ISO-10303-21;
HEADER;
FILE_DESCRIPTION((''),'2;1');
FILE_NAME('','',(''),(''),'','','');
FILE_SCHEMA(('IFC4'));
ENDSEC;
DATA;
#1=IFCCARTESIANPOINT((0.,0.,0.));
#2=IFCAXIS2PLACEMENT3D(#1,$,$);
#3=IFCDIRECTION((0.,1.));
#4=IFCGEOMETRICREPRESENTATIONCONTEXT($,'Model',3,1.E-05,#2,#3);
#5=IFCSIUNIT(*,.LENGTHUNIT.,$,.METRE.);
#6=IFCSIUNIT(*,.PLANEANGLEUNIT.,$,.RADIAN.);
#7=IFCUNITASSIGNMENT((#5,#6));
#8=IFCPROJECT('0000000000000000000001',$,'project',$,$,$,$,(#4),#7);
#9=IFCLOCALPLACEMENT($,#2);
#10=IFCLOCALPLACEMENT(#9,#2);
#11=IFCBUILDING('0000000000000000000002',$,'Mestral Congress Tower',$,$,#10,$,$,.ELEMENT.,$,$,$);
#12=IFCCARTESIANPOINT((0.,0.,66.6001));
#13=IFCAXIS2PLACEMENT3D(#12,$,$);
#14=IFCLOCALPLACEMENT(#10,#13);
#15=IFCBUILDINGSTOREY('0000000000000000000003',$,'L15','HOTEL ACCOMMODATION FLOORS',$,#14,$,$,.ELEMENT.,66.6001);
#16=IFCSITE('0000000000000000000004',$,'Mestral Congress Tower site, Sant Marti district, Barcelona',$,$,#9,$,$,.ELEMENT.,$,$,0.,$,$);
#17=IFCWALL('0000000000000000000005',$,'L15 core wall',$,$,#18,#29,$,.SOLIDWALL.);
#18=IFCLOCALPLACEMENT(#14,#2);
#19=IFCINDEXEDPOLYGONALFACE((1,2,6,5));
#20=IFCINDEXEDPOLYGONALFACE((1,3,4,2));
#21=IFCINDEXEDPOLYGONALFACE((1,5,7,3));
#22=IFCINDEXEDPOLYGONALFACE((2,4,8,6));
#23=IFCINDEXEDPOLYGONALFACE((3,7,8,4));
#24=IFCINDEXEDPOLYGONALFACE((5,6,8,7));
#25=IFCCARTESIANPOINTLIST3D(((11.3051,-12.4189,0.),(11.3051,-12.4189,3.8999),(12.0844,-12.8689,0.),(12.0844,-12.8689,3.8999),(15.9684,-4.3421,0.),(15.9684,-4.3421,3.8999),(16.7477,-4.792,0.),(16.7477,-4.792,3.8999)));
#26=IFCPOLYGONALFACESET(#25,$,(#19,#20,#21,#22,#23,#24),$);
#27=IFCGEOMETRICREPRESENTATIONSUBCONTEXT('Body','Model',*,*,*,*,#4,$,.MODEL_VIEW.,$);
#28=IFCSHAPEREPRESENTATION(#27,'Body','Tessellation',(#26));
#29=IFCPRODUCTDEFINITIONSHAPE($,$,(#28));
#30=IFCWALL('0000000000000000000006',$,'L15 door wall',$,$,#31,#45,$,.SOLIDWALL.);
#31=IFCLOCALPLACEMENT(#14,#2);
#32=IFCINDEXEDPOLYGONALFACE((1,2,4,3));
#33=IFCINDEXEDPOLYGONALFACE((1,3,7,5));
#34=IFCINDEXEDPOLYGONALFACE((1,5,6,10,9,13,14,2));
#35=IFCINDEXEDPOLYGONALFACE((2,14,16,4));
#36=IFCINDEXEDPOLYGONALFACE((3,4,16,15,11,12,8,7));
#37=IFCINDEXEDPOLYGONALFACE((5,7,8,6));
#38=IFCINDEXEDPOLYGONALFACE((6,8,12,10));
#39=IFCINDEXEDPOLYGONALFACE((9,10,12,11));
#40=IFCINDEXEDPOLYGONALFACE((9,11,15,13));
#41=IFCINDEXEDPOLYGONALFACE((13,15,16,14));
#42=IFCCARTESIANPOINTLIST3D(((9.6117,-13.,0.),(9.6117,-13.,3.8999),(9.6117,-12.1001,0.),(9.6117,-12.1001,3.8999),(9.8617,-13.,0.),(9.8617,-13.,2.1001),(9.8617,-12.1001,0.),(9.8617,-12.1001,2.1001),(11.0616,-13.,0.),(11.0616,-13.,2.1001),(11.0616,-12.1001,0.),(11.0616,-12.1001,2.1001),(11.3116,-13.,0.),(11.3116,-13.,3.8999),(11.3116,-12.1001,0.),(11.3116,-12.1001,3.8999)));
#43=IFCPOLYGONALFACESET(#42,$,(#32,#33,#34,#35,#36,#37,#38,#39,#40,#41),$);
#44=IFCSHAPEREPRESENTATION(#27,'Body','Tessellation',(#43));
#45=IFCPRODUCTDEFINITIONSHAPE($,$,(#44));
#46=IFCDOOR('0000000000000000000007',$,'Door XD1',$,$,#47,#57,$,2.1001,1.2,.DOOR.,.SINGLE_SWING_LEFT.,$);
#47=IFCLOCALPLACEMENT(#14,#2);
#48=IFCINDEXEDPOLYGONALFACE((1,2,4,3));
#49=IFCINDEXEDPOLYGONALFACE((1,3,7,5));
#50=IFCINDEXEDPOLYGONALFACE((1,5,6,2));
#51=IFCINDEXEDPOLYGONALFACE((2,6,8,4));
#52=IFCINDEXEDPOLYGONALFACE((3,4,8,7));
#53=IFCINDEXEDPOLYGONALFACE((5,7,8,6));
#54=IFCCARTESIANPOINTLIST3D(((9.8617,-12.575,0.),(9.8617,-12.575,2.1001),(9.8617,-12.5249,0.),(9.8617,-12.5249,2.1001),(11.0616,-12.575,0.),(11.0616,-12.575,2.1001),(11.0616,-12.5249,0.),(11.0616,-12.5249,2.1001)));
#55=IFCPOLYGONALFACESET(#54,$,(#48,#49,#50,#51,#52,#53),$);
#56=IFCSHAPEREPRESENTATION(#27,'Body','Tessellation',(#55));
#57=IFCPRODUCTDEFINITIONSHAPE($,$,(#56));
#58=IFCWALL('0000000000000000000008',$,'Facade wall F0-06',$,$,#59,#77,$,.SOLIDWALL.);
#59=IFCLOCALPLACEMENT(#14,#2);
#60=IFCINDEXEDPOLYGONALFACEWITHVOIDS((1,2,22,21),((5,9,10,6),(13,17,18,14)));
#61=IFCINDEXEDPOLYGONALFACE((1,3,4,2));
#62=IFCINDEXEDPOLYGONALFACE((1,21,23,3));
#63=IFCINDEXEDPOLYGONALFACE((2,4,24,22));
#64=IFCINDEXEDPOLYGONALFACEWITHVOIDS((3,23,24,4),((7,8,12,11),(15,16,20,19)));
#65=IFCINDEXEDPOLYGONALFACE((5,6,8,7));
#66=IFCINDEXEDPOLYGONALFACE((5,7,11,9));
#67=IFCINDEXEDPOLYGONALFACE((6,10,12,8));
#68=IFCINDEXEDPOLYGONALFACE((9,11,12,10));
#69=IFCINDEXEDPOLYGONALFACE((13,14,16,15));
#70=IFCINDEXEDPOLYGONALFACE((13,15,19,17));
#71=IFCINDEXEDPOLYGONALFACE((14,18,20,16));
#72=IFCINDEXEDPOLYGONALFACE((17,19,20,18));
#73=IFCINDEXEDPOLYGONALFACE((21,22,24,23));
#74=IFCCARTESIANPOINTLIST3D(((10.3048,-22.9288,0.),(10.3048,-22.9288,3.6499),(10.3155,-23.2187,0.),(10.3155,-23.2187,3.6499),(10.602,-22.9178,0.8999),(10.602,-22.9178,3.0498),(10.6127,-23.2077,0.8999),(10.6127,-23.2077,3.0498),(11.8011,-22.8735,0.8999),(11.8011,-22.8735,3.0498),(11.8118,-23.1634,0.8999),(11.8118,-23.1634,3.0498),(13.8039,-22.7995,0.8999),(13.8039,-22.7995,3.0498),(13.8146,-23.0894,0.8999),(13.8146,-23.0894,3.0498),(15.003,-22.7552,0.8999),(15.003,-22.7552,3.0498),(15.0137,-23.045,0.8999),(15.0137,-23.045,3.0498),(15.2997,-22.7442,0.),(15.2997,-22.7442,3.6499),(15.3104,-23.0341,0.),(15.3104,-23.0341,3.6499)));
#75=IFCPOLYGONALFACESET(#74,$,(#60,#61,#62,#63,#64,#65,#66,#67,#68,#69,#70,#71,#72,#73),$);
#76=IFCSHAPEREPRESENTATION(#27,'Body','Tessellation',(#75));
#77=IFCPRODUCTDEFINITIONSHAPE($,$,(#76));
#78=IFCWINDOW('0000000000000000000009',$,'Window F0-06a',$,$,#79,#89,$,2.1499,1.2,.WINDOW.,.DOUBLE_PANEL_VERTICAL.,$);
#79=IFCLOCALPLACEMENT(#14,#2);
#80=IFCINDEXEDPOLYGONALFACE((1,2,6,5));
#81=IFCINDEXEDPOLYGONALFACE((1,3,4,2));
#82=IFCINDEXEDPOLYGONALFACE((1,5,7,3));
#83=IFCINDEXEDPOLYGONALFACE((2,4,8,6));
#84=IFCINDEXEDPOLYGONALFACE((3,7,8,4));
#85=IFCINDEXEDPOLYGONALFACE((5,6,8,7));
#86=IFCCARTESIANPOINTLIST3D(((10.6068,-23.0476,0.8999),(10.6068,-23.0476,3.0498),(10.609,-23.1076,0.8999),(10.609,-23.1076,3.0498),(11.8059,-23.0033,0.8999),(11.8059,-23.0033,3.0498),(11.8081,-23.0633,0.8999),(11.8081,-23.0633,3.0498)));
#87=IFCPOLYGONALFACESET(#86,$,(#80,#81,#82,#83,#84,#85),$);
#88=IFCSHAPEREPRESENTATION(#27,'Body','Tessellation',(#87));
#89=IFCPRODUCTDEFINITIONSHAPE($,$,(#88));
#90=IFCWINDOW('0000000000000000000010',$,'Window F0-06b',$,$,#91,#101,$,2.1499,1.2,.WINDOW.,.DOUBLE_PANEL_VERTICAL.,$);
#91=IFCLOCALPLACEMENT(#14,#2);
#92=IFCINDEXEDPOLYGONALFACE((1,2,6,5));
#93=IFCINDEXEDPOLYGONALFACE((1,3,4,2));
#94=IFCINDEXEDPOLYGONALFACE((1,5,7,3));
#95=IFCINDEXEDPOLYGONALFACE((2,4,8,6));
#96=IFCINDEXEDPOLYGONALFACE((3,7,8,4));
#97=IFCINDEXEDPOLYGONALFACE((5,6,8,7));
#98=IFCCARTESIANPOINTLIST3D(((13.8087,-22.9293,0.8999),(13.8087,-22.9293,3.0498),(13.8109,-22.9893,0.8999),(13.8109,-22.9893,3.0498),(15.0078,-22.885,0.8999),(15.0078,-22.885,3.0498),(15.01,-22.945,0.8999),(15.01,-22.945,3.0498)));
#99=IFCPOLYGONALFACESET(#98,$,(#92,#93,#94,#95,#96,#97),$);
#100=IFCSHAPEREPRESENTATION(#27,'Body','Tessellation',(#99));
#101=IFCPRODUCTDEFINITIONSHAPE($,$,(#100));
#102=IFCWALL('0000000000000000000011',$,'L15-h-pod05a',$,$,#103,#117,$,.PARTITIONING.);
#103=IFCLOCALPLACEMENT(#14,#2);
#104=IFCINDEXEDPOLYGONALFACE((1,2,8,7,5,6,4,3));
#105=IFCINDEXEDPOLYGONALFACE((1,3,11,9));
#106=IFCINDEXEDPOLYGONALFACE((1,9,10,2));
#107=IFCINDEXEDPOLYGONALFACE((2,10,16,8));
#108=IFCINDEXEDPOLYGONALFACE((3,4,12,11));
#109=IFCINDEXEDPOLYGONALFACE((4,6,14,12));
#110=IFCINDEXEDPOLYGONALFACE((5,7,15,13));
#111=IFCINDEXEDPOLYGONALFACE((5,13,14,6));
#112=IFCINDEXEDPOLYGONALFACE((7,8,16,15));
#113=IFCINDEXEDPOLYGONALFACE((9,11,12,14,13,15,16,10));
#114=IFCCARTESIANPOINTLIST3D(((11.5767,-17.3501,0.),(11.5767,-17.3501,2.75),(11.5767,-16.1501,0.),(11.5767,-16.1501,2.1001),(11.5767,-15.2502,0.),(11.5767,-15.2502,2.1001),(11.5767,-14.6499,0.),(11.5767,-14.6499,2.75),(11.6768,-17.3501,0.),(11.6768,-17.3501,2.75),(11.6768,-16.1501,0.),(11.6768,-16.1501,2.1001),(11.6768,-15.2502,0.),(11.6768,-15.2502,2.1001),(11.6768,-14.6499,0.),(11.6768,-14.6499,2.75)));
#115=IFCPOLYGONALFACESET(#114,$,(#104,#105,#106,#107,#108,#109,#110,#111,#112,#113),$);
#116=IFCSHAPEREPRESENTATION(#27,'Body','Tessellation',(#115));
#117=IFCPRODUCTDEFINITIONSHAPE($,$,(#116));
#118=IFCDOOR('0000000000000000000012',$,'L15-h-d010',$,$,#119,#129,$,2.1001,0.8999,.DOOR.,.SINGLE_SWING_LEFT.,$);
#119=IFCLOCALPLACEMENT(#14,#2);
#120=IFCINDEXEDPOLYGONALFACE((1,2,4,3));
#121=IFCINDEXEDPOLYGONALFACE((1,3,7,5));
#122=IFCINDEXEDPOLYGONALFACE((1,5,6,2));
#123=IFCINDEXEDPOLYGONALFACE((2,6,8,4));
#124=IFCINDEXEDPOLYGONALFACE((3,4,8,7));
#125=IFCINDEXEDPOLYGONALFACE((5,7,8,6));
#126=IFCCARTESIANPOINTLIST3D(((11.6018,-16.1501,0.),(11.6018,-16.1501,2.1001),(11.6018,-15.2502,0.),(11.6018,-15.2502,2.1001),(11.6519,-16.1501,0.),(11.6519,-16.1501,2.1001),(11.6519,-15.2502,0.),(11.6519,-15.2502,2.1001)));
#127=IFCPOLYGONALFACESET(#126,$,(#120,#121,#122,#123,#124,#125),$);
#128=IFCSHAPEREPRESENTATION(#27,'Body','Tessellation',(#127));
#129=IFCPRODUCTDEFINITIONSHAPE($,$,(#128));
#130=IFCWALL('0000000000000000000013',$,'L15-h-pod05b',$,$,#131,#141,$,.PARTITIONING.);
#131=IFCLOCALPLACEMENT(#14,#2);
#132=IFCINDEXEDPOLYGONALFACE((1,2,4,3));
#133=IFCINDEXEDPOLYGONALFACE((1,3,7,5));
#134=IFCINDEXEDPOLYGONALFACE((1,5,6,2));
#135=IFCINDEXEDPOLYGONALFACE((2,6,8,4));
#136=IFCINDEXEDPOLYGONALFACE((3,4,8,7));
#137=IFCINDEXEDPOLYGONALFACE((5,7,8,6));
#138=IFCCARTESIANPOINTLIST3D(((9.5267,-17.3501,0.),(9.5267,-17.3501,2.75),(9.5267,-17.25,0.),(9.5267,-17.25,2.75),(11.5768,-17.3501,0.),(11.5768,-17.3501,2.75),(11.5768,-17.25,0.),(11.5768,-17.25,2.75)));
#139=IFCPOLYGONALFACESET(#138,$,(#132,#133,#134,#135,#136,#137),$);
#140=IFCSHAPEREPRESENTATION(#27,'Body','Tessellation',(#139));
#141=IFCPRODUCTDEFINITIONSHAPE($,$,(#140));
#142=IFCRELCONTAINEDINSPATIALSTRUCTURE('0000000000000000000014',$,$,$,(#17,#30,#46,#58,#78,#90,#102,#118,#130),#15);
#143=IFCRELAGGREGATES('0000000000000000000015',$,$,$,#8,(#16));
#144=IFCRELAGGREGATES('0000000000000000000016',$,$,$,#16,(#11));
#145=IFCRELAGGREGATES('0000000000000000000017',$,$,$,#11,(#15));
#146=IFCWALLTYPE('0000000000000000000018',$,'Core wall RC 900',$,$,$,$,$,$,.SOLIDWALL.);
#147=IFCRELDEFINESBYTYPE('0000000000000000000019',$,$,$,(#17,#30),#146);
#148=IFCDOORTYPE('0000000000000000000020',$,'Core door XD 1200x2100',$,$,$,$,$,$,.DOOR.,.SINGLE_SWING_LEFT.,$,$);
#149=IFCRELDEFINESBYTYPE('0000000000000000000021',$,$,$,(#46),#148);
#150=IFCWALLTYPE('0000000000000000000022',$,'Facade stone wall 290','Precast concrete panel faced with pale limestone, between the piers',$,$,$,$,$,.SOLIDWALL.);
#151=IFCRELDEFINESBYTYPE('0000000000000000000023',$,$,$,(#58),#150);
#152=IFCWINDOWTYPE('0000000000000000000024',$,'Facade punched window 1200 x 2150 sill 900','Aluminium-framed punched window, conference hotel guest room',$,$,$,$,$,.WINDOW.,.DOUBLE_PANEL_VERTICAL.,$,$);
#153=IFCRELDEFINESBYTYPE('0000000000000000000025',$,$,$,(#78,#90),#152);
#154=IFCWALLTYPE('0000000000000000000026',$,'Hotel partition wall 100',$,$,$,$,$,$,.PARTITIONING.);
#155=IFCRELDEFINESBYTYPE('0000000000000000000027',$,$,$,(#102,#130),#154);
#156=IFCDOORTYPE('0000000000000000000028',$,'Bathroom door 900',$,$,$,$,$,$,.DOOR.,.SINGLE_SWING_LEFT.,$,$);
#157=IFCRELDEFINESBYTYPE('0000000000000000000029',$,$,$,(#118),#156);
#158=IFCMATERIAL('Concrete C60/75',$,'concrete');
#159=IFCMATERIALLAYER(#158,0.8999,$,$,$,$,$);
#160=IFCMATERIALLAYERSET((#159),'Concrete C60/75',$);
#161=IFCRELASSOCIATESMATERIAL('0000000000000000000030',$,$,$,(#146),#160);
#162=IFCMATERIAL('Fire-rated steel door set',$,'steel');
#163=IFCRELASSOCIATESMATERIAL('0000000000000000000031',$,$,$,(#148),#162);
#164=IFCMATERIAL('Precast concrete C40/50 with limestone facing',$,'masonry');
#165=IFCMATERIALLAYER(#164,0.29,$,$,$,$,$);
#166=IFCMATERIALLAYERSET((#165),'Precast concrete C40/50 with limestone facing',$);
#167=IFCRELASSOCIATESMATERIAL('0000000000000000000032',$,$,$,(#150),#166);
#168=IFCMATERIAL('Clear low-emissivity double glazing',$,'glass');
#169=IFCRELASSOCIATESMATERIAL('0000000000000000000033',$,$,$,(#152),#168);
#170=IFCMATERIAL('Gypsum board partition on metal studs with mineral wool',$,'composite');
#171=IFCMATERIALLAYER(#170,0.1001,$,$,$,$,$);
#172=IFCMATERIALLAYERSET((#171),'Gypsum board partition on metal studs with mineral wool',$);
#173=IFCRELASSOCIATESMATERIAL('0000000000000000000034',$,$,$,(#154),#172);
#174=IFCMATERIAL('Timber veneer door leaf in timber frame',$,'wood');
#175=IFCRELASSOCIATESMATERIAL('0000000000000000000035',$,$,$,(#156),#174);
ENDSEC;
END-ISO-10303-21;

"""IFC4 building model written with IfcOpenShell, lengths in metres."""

from ifc_helpers import new_model, si_unit, direction, frame, frame_2d, origin, place, context, subcontext, project, spatial, rectangle, extrude, material, layer, layer_set, type_object, element, fill, save


model = new_model("IFC4")

# Units and contexts
model_context = context("Model", 3, precision=1e-05, world=origin(), true_north=direction((0.0, 1.0)))
body_context = subcontext(model_context, "Body", "Model", "MODEL_VIEW")
ifc_project = project(units=[si_unit("LENGTHUNIT", "METRE"), si_unit("PLANEANGLEUNIT", "RADIAN")], contexts=[model_context])

# Site, building, storey
site_placement = place(None, origin())
site = spatial("IfcSite", under=ifc_project, at=site_placement, Name="Mestral Congress Tower site, Sant Marti district, Barcelona", CompositionType="ELEMENT", RefElevation=0.0)
building_placement = place(site_placement, origin())
building = spatial("IfcBuilding", under=site, at=building_placement, Name="Mestral Congress Tower", CompositionType="ELEMENT")
storey_placement = place(building_placement, frame((0.0, 0.0, 66.6001)))
storey = spatial("IfcBuildingStorey", under=building, at=storey_placement, Name="L15", Description="HOTEL ACCOMMODATION FLOORS", CompositionType="ELEMENT", Elevation=66.6001)

# Wall
ifc_material_1 = material(Name="Concrete C60/75", Category="concrete")
ifc_layer_1 = layer(ifc_material_1, 0.8999)
ifc_layer_set_1 = layer_set([ifc_layer_1], Name="Concrete C60/75")
wall_type_1 = type_object("IfcWallType", Name="Core wall RC 900", PredefinedType="SOLIDWALL", material=ifc_layer_set_1)
wall_1_placement = place(storey_placement, frame((11.6948, -12.6438, 0.0), z_axis=(0.0, 0.0, 1.0), x_axis=(0.50001, 0.866019, 0.0)))
element("IfcWall", 1, at=wall_1_placement, inside=storey, type_object=wall_type_1, Name="L15 core wall", PredefinedType="SOLIDWALL", context=body_context, shape_type="SweptSolid", body=[
    extrude(rectangle(XDim=9.3264, YDim=0.8999, at=frame_2d((4.6631, 0.0))), origin(), (0.0, 0.0, 1.0), 3.8999),
])

# Wall, opening, door
wall_2_placement = place(storey_placement, frame((11.3118, -12.55, 0.0), z_axis=(0.0, 0.0, 1.0), x_axis=(-1.0, 0.0, 0.0)))
wall_2 = element("IfcWall", 2, at=wall_2_placement, inside=storey, type_object=wall_type_1, Name="L15 door wall", PredefinedType="SOLIDWALL", context=body_context, shape_type="SweptSolid", body=[
    extrude(rectangle(XDim=1.7, YDim=0.8999, at=frame_2d((0.8501, 0.0))), origin(), (0.0, 0.0, 1.0), 3.8999),
])
opening_1_placement = place(wall_2_placement, frame((0.25, 0.0, 0.0)))
opening_1 = element("IfcOpeningElement", 3, at=opening_1_placement, cuts=wall_2, PredefinedType="OPENING", context=body_context, shape_type="SweptSolid", body=[
    extrude(rectangle(XDim=1.2, YDim=2.1001, at=frame_2d((0.6001, 1.05))), frame((0.0, 0.46, 0.0), z_axis=(0.0, -1.0, 0.0), x_axis=(1.0, 0.0, 0.0)), (0.0, 0.0, 1.0), 0.9199),
])
ifc_material_2 = material(Name="Fire-rated steel door set", Category="steel")
door_type_1 = type_object("IfcDoorType", Name="Core door XD 1200x2100", OperationType="SINGLE_SWING_LEFT", PredefinedType="DOOR", material=ifc_material_2)
door_1_placement = place(opening_1_placement, origin())
door_1 = element("IfcDoor", 4, at=door_1_placement, inside=storey, type_object=door_type_1, Name="Door XD1", OperationType="SINGLE_SWING_LEFT", OverallHeight=2.1001, OverallWidth=1.2, PredefinedType="DOOR", context=body_context, shape_type="SweptSolid", body=[
    extrude(rectangle(XDim=1.2, YDim=2.1001, at=frame_2d((0.6001, 1.05))), frame((0.0, 0.0249, 0.0), z_axis=(0.0, -1.0, 0.0), x_axis=(1.0, 0.0, 0.0)), (0.0, 0.0, 1.0), 0.05),
])
fill(opening_1, door_1)

# Wall, openings, windows
ifc_material_3 = material(Name="Precast concrete C40/50 with limestone facing", Category="masonry")
ifc_layer_2 = layer(ifc_material_3, 0.29)
ifc_layer_set_2 = layer_set([ifc_layer_2], Name="Precast concrete C40/50 with limestone facing")
wall_type_2 = type_object("IfcWallType", Name="Facade stone wall 290", Description="Precast concrete panel faced with pale limestone, between the piers", PredefinedType="SOLIDWALL", material=ifc_layer_set_2)
wall_3_placement = place(storey_placement, frame((10.3103, -23.0737, 0.0), z_axis=(0.0, 0.0, 1.0), x_axis=(0.999318, 0.036927, 0.0)))
wall_3 = element("IfcWall", 5, at=wall_3_placement, inside=storey, type_object=wall_type_2, Name="Facade wall F0-06", PredefinedType="SOLIDWALL", context=body_context, shape_type="SweptSolid", body=[
    extrude(rectangle(XDim=4.9983, YDim=0.29, at=frame_2d((2.499, 0.0))), origin(), (0.0, 0.0, 1.0), 3.6499),
])
opening_2_placement = place(wall_3_placement, frame((0.2971, 0.0, 0.8999)))
opening_2 = element("IfcOpeningElement", 6, at=opening_2_placement, cuts=wall_3, PredefinedType="OPENING", context=body_context, shape_type="SweptSolid", body=[
    extrude(rectangle(XDim=1.2, YDim=2.1499, at=frame_2d((0.6001, 1.075))), frame((0.0, 0.155, 0.0), z_axis=(0.0, -1.0, 0.0), x_axis=(1.0, 0.0, 0.0)), (0.0, 0.0, 1.0), 0.3101),
])
opening_3_placement = place(wall_3_placement, frame((3.5012, 0.0, 0.8999)))
opening_3 = element("IfcOpeningElement", 7, at=opening_3_placement, cuts=wall_3, PredefinedType="OPENING", context=body_context, shape_type="SweptSolid", body=[
    extrude(rectangle(XDim=1.2, YDim=2.1499, at=frame_2d((0.6001, 1.075))), frame((0.0, 0.155, 0.0), z_axis=(0.0, -1.0, 0.0), x_axis=(1.0, 0.0, 0.0)), (0.0, 0.0, 1.0), 0.3101),
])
ifc_material_4 = material(Name="Clear low-emissivity double glazing", Category="glass")
window_type = type_object("IfcWindowType", Name="Facade punched window 1200 x 2150 sill 900", Description="Aluminium-framed punched window, conference hotel guest room", PartitioningType="DOUBLE_PANEL_VERTICAL", PredefinedType="WINDOW", material=ifc_material_4)
window_1_placement = place(opening_2_placement, origin())
window_1 = element("IfcWindow", 8, at=window_1_placement, inside=storey, type_object=window_type, Name="Window F0-06a", OverallHeight=2.1499, OverallWidth=1.2, PartitioningType="DOUBLE_PANEL_VERTICAL", PredefinedType="WINDOW", context=body_context, shape_type="SweptSolid", body=[
    extrude(rectangle(XDim=1.2, YDim=2.1499, at=frame_2d((0.6001, 1.075))), frame((0.0, 0.0151, 0.0), z_axis=(0.0, -1.0, 0.0), x_axis=(1.0, 0.0, 0.0)), (0.0, 0.0, 1.0), 0.0601),
])
fill(opening_2, window_1)
window_2_placement = place(opening_3_placement, origin())
window_2 = element("IfcWindow", 9, at=window_2_placement, inside=storey, type_object=window_type, Name="Window F0-06b", OverallHeight=2.1499, OverallWidth=1.2, PartitioningType="DOUBLE_PANEL_VERTICAL", PredefinedType="WINDOW", context=body_context, shape_type="SweptSolid", body=[
    extrude(rectangle(XDim=1.2, YDim=2.1499, at=frame_2d((0.6001, 1.075))), frame((0.0, 0.0151, 0.0), z_axis=(0.0, -1.0, 0.0), x_axis=(1.0, 0.0, 0.0)), (0.0, 0.0, 1.0), 0.0601),
])
fill(opening_3, window_2)

# Wall, opening, door
ifc_material_5 = material(Name="Gypsum board partition on metal studs with mineral wool", Category="composite")
ifc_layer_3 = layer(ifc_material_5, 0.1001)
ifc_layer_set_3 = layer_set([ifc_layer_3], Name="Gypsum board partition on metal studs with mineral wool")
wall_type_3 = type_object("IfcWallType", Name="Hotel partition wall 100", PredefinedType="PARTITIONING", material=ifc_layer_set_3)
wall_4_placement = place(storey_placement, frame((11.6267, -17.3501, 0.0), z_axis=(0.0, 0.0, 1.0), x_axis=(0.0, 1.0, 0.0)))
wall_4 = element("IfcWall", 10, at=wall_4_placement, inside=storey, type_object=wall_type_3, Name="L15-h-pod05a", PredefinedType="PARTITIONING", context=body_context, shape_type="SweptSolid", body=[
    extrude(rectangle(XDim=2.7002, YDim=0.1001, at=frame_2d((1.3501, 0.0))), origin(), (0.0, 0.0, 1.0), 2.75),
])
opening_4_placement = place(wall_4_placement, frame((1.2, 0.0, 0.0)))
opening_4 = element("IfcOpeningElement", 11, at=opening_4_placement, cuts=wall_4, PredefinedType="OPENING", context=body_context, shape_type="SweptSolid", body=[
    extrude(rectangle(XDim=0.8999, YDim=2.1001, at=frame_2d((0.45, 1.05))), frame((0.0, 0.0601, 0.0), z_axis=(0.0, -1.0, 0.0), x_axis=(1.0, 0.0, 0.0)), (0.0, 0.0, 1.0), 0.1201),
])
ifc_material_6 = material(Name="Timber veneer door leaf in timber frame", Category="wood")
door_type_2 = type_object("IfcDoorType", Name="Bathroom door 900", OperationType="SINGLE_SWING_LEFT", PredefinedType="DOOR", material=ifc_material_6)
door_2_placement = place(opening_4_placement, origin())
door_2 = element("IfcDoor", 12, at=door_2_placement, inside=storey, type_object=door_type_2, Name="L15-h-d010", OperationType="SINGLE_SWING_LEFT", OverallHeight=2.1001, OverallWidth=0.8999, PredefinedType="DOOR", context=body_context, shape_type="SweptSolid", body=[
    extrude(rectangle(XDim=0.8999, YDim=2.1001, at=frame_2d((0.45, 1.05))), frame((0.0, 0.0249, 0.0), z_axis=(0.0, -1.0, 0.0), x_axis=(1.0, 0.0, 0.0)), (0.0, 0.0, 1.0), 0.05),
])
fill(opening_4, door_2)

# Wall
wall_5_placement = place(storey_placement, frame((11.5767, -17.3, 0.0), z_axis=(0.0, 0.0, 1.0), x_axis=(-1.0, 0.0, 0.0)))
element("IfcWall", 13, at=wall_5_placement, inside=storey, type_object=wall_type_3, Name="L15-h-pod05b", PredefinedType="PARTITIONING", context=body_context, shape_type="SweptSolid", body=[
    extrude(rectangle(XDim=2.05, YDim=0.1001, at=frame_2d((1.0249, 0.0))), origin(), (0.0, 0.0, 1.0), 2.75),
])

save(model, "model.ifc")
